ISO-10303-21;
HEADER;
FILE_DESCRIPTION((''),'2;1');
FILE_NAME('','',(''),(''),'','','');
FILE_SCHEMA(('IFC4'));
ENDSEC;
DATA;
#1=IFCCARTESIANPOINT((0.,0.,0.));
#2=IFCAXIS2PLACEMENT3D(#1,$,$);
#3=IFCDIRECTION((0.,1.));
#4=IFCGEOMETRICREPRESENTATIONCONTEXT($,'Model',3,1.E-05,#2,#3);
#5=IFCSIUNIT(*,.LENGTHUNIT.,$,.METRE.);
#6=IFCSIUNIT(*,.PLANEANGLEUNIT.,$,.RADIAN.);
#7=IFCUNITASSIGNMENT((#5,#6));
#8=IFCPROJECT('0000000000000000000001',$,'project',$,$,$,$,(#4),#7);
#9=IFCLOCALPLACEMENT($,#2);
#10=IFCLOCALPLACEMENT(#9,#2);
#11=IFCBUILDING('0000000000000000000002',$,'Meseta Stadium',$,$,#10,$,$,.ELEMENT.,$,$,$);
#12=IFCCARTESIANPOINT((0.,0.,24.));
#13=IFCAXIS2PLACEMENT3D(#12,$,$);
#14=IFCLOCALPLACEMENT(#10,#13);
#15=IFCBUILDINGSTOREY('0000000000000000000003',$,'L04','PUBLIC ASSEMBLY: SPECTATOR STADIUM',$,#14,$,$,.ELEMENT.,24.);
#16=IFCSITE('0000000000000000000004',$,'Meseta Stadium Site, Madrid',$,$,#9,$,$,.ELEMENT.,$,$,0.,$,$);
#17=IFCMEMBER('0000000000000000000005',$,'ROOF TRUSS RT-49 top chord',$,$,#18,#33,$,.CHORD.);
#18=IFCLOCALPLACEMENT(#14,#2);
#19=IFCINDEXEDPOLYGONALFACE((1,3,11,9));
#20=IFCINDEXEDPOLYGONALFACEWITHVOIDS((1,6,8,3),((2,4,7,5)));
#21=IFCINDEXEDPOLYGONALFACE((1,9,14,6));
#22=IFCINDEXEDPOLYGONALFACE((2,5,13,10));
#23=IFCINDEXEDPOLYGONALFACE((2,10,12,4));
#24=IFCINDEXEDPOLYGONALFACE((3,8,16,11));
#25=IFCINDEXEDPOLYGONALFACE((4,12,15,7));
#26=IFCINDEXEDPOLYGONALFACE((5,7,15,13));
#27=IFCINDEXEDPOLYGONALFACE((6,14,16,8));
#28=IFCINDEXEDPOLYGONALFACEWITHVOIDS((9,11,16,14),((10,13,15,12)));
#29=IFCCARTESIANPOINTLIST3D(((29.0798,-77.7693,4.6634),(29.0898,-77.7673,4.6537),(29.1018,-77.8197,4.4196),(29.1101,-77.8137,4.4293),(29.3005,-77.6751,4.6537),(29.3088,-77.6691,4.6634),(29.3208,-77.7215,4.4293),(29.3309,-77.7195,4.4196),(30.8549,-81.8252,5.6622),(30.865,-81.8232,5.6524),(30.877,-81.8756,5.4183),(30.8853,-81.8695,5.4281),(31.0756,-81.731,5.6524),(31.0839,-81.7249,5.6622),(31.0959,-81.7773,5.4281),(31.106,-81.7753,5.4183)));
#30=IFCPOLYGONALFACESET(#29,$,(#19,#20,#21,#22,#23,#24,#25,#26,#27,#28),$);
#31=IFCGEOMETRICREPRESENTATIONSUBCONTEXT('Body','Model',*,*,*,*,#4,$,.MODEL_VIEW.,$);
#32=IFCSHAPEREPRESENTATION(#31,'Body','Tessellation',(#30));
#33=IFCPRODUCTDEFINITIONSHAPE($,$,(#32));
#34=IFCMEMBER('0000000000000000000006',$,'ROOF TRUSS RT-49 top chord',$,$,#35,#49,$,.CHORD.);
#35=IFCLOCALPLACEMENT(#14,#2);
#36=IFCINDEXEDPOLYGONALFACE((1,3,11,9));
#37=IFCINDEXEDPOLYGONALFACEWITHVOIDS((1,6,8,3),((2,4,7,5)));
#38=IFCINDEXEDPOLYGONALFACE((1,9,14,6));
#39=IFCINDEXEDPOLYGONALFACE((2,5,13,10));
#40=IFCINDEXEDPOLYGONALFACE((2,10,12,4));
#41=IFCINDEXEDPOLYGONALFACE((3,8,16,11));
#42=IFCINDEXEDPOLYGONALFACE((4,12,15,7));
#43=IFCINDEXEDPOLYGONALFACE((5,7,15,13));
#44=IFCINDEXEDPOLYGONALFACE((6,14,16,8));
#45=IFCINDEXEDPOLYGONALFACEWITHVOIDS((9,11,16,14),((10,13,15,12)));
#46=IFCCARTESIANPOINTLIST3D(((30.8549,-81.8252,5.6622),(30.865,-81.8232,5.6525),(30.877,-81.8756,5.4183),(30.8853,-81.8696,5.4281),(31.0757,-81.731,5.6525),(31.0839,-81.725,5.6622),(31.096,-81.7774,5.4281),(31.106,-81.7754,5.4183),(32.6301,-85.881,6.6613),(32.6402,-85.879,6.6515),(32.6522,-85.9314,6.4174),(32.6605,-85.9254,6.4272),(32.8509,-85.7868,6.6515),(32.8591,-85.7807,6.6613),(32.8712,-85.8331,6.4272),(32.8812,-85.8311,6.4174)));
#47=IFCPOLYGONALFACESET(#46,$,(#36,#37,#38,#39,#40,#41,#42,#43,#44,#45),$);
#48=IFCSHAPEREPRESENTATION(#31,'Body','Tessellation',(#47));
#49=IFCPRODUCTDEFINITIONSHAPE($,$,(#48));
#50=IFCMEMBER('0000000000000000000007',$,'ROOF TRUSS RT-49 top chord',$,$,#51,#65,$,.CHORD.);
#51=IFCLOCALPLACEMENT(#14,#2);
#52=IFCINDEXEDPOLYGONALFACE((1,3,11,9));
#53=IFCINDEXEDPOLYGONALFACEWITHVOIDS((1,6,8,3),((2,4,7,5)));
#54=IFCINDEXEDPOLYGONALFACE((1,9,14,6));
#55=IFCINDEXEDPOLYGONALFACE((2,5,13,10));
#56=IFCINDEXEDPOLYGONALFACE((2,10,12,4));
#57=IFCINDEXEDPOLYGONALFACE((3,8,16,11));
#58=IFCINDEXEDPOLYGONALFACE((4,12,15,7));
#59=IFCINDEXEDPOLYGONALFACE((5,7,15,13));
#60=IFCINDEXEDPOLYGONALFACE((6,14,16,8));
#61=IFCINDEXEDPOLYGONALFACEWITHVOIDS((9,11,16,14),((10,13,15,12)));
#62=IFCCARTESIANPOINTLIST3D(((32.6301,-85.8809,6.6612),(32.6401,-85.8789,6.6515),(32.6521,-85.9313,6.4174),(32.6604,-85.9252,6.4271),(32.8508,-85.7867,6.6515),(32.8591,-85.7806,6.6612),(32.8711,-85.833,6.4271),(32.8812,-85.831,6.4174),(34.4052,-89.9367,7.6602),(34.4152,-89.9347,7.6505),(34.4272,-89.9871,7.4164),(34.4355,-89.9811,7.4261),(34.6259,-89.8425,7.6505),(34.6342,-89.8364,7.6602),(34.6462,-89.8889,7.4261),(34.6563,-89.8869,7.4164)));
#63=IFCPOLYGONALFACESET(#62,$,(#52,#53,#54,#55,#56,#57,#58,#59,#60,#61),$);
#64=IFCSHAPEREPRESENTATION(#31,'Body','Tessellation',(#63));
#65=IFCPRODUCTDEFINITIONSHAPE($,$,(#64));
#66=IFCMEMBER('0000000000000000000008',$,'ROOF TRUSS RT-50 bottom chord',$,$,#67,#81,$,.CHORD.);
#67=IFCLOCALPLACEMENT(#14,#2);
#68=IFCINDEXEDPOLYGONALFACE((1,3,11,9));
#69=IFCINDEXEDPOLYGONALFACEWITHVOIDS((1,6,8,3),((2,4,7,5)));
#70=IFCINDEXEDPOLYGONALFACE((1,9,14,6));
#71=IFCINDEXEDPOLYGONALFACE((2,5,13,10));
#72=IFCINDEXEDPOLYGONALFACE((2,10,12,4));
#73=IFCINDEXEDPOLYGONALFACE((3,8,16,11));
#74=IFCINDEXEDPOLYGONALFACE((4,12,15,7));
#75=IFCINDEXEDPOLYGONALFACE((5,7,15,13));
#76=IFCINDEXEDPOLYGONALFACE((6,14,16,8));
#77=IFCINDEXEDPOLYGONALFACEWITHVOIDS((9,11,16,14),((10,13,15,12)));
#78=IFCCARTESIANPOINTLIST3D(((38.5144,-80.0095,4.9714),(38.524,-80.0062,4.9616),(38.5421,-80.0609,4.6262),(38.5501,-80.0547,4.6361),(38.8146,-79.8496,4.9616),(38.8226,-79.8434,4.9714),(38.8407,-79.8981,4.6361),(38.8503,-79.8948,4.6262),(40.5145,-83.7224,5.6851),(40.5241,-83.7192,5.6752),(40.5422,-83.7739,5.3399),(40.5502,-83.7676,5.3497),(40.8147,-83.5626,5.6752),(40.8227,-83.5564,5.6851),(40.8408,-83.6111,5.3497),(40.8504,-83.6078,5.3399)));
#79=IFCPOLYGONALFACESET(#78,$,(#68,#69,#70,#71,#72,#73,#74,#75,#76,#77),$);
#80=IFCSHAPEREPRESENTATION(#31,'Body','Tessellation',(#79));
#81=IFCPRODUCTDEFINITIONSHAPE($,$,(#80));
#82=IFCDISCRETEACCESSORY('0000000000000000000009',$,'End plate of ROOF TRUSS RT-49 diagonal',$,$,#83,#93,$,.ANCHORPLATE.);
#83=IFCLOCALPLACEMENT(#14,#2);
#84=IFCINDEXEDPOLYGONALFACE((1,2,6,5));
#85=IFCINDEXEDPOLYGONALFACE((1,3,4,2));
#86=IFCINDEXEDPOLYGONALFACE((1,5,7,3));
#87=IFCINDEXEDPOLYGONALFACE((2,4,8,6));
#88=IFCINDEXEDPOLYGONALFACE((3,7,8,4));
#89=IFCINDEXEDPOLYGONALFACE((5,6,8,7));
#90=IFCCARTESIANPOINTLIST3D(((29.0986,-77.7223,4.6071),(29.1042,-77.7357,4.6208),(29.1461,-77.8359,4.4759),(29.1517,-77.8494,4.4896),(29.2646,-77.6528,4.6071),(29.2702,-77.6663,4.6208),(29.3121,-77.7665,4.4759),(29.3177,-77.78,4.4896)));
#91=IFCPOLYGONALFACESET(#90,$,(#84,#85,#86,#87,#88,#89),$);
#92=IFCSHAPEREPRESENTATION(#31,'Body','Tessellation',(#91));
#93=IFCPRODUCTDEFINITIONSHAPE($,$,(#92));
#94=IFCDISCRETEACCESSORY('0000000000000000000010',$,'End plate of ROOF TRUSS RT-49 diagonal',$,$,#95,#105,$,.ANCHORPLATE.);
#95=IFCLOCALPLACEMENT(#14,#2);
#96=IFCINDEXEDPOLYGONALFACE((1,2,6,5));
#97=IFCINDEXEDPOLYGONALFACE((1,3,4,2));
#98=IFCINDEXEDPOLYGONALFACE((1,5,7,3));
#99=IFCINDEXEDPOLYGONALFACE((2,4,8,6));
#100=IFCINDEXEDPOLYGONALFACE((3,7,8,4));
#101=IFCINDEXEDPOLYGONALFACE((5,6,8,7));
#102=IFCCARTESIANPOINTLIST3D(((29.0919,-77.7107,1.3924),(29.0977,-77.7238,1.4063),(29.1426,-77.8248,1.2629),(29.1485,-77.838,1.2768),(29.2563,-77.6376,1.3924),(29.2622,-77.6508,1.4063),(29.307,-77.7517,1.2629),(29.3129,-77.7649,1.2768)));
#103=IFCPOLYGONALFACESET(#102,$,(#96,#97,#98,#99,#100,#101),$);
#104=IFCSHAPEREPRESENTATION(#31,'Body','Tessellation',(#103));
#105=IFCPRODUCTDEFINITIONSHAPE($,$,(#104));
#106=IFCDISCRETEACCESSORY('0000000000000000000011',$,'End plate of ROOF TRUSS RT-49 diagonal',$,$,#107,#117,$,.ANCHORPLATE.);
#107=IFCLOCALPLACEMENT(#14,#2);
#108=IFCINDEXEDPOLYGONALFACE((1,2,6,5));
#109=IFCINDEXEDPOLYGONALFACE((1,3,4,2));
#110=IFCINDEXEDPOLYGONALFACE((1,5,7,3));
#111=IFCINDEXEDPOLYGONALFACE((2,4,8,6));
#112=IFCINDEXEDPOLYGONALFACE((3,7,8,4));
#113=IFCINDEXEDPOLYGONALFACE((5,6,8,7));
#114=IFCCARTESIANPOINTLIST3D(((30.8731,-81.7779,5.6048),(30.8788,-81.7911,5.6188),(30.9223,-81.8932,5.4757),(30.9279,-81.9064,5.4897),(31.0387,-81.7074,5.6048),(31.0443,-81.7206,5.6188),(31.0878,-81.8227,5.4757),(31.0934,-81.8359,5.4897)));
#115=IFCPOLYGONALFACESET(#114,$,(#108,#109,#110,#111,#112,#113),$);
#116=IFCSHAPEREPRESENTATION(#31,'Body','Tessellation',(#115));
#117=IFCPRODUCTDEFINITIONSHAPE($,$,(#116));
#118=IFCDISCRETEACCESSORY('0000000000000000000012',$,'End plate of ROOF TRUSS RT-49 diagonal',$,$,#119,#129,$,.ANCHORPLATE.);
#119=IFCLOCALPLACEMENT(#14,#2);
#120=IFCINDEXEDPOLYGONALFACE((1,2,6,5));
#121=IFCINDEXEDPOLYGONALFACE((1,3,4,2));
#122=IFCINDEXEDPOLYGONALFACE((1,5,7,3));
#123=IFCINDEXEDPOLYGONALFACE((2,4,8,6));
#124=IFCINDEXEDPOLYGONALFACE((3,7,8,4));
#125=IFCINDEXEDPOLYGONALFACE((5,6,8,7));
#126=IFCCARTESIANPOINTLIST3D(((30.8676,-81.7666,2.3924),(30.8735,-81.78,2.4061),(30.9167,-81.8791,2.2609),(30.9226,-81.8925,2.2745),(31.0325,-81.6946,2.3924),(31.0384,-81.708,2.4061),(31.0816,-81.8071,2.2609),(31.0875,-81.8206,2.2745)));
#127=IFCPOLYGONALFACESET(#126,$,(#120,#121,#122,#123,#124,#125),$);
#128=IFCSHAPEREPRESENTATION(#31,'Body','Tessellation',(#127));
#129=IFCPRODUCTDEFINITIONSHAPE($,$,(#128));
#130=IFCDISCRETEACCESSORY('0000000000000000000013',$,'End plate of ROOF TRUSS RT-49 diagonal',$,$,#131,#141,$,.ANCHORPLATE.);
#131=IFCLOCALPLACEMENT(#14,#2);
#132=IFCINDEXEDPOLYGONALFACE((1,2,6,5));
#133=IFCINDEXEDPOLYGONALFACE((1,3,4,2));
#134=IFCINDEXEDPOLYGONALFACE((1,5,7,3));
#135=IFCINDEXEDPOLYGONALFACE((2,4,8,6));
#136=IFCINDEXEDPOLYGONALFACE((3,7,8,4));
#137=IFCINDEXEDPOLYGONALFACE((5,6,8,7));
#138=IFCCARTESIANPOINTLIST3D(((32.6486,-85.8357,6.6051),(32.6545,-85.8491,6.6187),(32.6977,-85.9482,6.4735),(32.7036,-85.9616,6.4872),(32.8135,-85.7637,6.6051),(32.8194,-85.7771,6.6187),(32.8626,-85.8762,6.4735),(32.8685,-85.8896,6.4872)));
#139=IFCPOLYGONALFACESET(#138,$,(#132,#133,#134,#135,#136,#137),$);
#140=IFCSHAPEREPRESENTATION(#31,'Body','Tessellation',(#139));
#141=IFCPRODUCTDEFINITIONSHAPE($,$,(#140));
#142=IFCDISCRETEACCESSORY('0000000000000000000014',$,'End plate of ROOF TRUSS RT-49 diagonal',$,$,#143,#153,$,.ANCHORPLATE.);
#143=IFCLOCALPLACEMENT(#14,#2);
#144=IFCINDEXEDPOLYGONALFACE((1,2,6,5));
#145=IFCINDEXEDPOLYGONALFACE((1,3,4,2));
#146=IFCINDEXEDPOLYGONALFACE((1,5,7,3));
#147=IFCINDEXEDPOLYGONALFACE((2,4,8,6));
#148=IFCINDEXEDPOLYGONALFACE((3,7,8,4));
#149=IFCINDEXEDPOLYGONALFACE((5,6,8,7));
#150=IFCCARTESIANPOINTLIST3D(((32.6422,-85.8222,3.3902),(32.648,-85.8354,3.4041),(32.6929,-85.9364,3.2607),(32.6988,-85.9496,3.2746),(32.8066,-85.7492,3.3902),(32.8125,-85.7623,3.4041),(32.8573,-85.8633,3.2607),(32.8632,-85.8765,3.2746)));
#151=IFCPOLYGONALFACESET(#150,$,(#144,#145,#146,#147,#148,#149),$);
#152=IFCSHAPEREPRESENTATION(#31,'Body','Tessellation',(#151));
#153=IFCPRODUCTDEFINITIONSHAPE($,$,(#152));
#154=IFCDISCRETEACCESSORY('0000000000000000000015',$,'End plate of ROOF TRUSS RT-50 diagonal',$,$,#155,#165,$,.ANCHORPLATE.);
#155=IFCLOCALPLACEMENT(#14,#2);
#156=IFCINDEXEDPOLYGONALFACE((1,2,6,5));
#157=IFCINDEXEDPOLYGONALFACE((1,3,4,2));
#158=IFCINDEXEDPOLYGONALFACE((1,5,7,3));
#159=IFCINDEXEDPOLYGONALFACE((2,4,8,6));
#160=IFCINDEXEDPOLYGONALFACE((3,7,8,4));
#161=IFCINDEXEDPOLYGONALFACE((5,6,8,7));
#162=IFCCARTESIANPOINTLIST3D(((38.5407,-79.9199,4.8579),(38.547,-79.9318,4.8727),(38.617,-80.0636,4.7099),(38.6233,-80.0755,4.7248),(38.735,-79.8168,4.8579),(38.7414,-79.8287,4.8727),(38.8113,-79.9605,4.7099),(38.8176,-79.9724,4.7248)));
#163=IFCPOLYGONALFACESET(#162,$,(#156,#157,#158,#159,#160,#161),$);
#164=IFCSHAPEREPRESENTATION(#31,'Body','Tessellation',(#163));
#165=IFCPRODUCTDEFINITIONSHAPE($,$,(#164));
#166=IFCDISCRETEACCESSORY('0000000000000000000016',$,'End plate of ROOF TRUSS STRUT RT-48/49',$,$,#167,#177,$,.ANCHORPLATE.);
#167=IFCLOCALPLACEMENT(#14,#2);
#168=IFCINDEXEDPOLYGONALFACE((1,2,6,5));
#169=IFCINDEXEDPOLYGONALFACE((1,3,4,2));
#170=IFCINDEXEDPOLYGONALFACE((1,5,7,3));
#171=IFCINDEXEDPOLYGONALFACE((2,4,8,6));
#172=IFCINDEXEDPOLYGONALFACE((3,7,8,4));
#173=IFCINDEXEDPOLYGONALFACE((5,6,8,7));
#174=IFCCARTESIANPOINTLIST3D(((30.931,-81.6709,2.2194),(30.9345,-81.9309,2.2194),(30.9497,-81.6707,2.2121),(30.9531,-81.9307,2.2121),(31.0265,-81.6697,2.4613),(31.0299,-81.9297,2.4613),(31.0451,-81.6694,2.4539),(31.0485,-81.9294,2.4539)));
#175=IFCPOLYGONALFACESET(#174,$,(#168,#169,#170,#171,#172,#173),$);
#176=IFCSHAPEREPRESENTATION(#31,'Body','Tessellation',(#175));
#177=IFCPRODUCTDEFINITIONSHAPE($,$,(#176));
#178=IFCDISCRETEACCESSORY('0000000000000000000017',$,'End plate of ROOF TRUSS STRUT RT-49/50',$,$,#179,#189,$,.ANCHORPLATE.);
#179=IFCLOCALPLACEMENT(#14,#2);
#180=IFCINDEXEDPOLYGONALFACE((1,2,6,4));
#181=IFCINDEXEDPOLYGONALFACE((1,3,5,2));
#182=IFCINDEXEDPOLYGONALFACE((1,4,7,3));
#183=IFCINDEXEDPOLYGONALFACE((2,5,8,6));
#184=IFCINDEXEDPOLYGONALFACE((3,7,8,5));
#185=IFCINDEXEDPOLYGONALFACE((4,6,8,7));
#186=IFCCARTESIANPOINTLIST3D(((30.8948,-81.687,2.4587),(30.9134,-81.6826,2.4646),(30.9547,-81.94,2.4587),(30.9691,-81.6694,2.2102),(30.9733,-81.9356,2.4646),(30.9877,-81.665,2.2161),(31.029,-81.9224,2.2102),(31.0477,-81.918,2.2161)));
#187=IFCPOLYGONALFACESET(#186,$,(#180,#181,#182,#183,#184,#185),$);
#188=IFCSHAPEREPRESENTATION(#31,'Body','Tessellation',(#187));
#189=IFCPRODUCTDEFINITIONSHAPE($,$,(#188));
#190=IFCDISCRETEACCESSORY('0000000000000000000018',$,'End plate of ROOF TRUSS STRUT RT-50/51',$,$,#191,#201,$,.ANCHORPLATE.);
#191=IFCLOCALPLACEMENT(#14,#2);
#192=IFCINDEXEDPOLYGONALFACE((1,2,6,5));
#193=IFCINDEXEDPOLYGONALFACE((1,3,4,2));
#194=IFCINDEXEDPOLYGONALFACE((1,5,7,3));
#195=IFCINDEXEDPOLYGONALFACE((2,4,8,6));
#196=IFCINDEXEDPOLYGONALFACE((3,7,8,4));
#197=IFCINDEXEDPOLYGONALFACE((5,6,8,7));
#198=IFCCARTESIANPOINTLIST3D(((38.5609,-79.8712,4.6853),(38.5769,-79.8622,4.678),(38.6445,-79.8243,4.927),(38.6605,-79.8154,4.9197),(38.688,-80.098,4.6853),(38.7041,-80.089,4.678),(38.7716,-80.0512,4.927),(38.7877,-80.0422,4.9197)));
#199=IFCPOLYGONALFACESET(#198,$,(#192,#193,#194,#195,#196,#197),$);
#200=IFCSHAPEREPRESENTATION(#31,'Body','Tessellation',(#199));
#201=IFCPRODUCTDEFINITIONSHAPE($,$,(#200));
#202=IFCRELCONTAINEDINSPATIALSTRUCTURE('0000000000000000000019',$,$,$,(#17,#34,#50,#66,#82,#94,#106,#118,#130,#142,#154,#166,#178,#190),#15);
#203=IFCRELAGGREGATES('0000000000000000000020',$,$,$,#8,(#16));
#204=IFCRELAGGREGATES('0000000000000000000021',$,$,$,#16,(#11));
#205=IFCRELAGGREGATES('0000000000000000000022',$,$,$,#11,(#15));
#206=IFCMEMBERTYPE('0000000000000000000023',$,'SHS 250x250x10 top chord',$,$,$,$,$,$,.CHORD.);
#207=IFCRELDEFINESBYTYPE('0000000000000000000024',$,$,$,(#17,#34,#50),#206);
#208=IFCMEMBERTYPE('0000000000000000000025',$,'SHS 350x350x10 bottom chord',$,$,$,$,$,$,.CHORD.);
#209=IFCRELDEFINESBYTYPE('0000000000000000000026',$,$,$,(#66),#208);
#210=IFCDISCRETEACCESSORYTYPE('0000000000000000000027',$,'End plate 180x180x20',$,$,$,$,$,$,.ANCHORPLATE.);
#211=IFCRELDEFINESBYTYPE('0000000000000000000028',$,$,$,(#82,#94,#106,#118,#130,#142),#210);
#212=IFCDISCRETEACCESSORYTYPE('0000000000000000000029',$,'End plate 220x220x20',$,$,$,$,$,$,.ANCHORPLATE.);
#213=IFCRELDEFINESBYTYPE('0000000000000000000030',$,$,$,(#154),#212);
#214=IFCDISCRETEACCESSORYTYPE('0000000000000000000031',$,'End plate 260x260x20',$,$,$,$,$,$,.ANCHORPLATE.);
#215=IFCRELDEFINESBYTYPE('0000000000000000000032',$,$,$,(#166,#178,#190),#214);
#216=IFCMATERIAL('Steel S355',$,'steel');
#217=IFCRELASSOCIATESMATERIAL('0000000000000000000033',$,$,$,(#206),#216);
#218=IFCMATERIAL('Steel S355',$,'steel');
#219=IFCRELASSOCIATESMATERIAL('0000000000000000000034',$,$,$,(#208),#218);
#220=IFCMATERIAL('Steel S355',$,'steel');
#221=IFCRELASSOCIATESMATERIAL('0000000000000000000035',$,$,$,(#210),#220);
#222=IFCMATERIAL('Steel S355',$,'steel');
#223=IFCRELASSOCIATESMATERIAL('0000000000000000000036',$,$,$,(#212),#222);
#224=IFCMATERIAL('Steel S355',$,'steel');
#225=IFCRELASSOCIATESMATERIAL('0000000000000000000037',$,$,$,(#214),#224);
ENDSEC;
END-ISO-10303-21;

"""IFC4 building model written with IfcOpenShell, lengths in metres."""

from ifc_helpers import new_model, si_unit, direction, frame, origin, origin_2d, place, context, subcontext, project, spatial, rectangle, hollow_rectangle, extrude, material, material_profile, profile_set, type_object, element, save


model = new_model("IFC4")

# Units and contexts
model_context = context("Model", 3, precision=1e-05, world=origin(), true_north=direction((0.0, 1.0)))
body_context = subcontext(model_context, "Body", "Model", "MODEL_VIEW")
ifc_project = project(units=[si_unit("LENGTHUNIT", "METRE"), si_unit("PLANEANGLEUNIT", "RADIAN")], contexts=[model_context])

# Site, building, storey
site_placement = place(None, origin())
site = spatial("IfcSite", under=ifc_project, at=site_placement, Name="Meseta Stadium Site, Madrid", CompositionType="ELEMENT", RefElevation=0.0)
building_placement = place(site_placement, origin())
building = spatial("IfcBuilding", under=site, at=building_placement, Name="Meseta Stadium", CompositionType="ELEMENT")
storey_placement = place(building_placement, frame((0.0, 0.0, 24.0)))
storey = spatial("IfcBuildingStorey", under=building, at=storey_placement, Name="L04", Description="PUBLIC ASSEMBLY: SPECTATOR STADIUM", CompositionType="ELEMENT", Elevation=24.0)

# Members
ifc_material_1 = material(Name="Steel S355", Category="steel")
ifc_material_profile_1 = material_profile(ifc_material_1, hollow_rectangle(XDim=0.25, YDim=0.25, WallThickness=0.01, at=origin_2d()), Name="SHS 250x250x10")
ifc_profile_set_1 = profile_set([ifc_material_profile_1], Name="Steel S355")
member_type_1 = type_object("IfcMemberType", Name="SHS 250x250x10 top chord", PredefinedType="CHORD", material=ifc_profile_set_1)
for number, where, z_axis, x_axis, name in (
    (1, (29.2053, -77.7444, 4.5415), (0.39112, -0.893643, 0.220062), (0.9161, 0.400949, 0.0), "ROOF TRUSS RT-49 top chord"),
    (2, (30.9805, -81.8003, 5.5403), (0.391134, -0.893622, 0.220124), (0.916092, 0.400969, 0.0), "ROOF TRUSS RT-49 top chord"),
    (3, (32.7556, -85.856, 6.5393), (0.391115, -0.893632, 0.220113), (0.9161, 0.400949, 0.0), "ROOF TRUSS RT-49 top chord"),
):
    element("IfcMember", number, at=place(storey_placement, frame(where, z_axis=z_axis, x_axis=x_axis)), inside=storey, type_object=member_type_1, Name=name, PredefinedType="CHORD", context=body_context, shape_type="SweptSolid", body=[
        extrude(hollow_rectangle(XDim=0.25, YDim=0.25, WallThickness=0.01, at=origin_2d()), origin(), (0.0, 0.0, 1.0), 4.5386),
    ])
ifc_material_2 = material(Name="Steel S355", Category="steel")
ifc_material_profile_2 = material_profile(ifc_material_2, hollow_rectangle(XDim=0.3501, YDim=0.3501, WallThickness=0.01, at=origin_2d()), Name="SHS 350x350x10")
ifc_profile_set_2 = profile_set([ifc_material_profile_2], Name="Steel S355")
member_type_2 = type_object("IfcMemberType", Name="SHS 350x350x10 bottom chord", PredefinedType="CHORD", material=ifc_profile_set_2)
member_1_placement = place(storey_placement, frame((38.6824, -79.9521, 4.7988), z_axis=(0.467591, -0.868057, 0.166842), x_axis=(0.880397, 0.474238, 0.0)))
element("IfcMember", 4, at=member_1_placement, inside=storey, type_object=member_type_2, Name="ROOF TRUSS RT-50 bottom chord", PredefinedType="CHORD", context=body_context, shape_type="SweptSolid", body=[
    extrude(hollow_rectangle(XDim=0.3501, YDim=0.3501, WallThickness=0.01, at=origin_2d()), origin(), (0.0, 0.0, 1.0), 4.2773),
])

# Discrete accessories
ifc_material_3 = material(Name="Steel S355", Category="steel")
ifc_material_profile_3 = material_profile(ifc_material_3, rectangle(XDim=0.1799, YDim=0.1799, at=origin_2d()), Name="PL 180x180")
ifc_profile_set_3 = profile_set([ifc_material_profile_3], Name="Steel S355")
discrete_accessory_type_1 = type_object("IfcDiscreteAccessoryType", Name="End plate 180x180x20", PredefinedType="ANCHORPLATE", material=ifc_profile_set_3)
for number, where, z_axis, x_axis, name in (
    (5, (29.2053, -77.7444, 4.5415), (0.2812, -0.672434, 0.68466), (0.92258, 0.385806, 0.0), "End plate of ROOF TRUSS RT-49 diagonal"),
    (6, (29.1995, -77.7312, 1.3276), (0.292314, -0.657706, 0.694245), (0.913812, 0.406138, 0.0), "End plate of ROOF TRUSS RT-49 diagonal"),
    (7, (30.9805, -81.8003, 5.5403), (0.281116, -0.660011, 0.696678), (0.920024, 0.391862, 0.0), "End plate of ROOF TRUSS RT-49 diagonal"),
    (8, (30.9746, -81.7869, 2.3267), (0.2924, -0.670084, 0.682268), (0.916539, 0.399944, 0.0), "End plate of ROOF TRUSS RT-49 diagonal"),
    (9, (32.7556, -85.856, 6.5393), (0.2924, -0.670084, 0.682268), (0.916539, 0.399944, 0.0), "End plate of ROOF TRUSS RT-49 diagonal"),
    (10, (32.7498, -85.8428, 3.3254), (0.292314, -0.657706, 0.694245), (0.913812, 0.406138, 0.0), "End plate of ROOF TRUSS RT-49 diagonal"),
):
    element("IfcDiscreteAccessory", number, at=place(storey_placement, frame(where, z_axis=z_axis, x_axis=x_axis)), inside=storey, type_object=discrete_accessory_type_1, Name=name, PredefinedType="ANCHORPLATE", context=body_context, shape_type="SweptSolid", body=[
        extrude(rectangle(XDim=0.1799, YDim=0.1799, at=origin_2d()), origin(), (0.0, 0.0, 1.0), 0.02),
    ])
ifc_material_4 = material(Name="Steel S355", Category="steel")
ifc_material_profile_4 = material_profile(ifc_material_4, rectangle(XDim=0.22, YDim=0.22, at=origin_2d()), Name="PL 220x220")
ifc_profile_set_4 = profile_set([ifc_material_profile_4], Name="Steel S355")
discrete_accessory_type_2 = type_object("IfcDiscreteAccessoryType", Name="End plate 220x220x20", PredefinedType="ANCHORPLATE", material=ifc_profile_set_4)
discrete_accessory_1_placement = place(storey_placement, frame((38.676, -79.9402, 4.7839), z_axis=(0.315343, -0.5943, 0.739842), x_axis=(0.883349, 0.468716, 0.0)))
element("IfcDiscreteAccessory", 11, at=discrete_accessory_1_placement, inside=storey, type_object=discrete_accessory_type_2, Name="End plate of ROOF TRUSS RT-50 diagonal", PredefinedType="ANCHORPLATE", context=body_context, shape_type="SweptSolid", body=[
    extrude(rectangle(XDim=0.22, YDim=0.22, at=origin_2d()), origin(), (0.0, 0.0, 1.0), 0.02),
])
ifc_material_5 = material(Name="Steel S355", Category="steel")
ifc_material_profile_5 = material_profile(ifc_material_5, rectangle(XDim=0.26, YDim=0.26, at=origin_2d()), Name="PL 260x260")
ifc_profile_set_5 = profile_set([ifc_material_profile_5], Name="Steel S355")
discrete_accessory_type_3 = type_object("IfcDiscreteAccessoryType", Name="End plate 260x260x20", PredefinedType="ANCHORPLATE", material=ifc_profile_set_5)
for number, where, z_axis, x_axis, name in (
    (12, (30.9805, -81.8003, 2.3403), (0.930086, 0.012238, -0.367139), (-0.013157, 0.999913, 0.0), "End plate of ROOF TRUSS STRUT RT-48/49"),
    (13, (30.9619, -81.8047, 2.3345), (0.930155, 0.2203, 0.293733), (-0.230466, 0.97308, 0.0), "End plate of ROOF TRUSS STRUT RT-49/50"),
):
    element("IfcDiscreteAccessory", number, at=place(storey_placement, frame(where, z_axis=z_axis, x_axis=x_axis)), inside=storey, type_object=discrete_accessory_type_3, Name=name, PredefinedType="ANCHORPLATE", context=body_context, shape_type="SweptSolid", body=[
        extrude(rectangle(XDim=0.26, YDim=0.26, at=origin_2d()), origin(), (0.0, 0.0, 1.0), 0.02),
    ])
discrete_accessory_2_placement = place(storey_placement, frame((38.6663, -79.9612, 4.8062), z_axis=(0.81087, 0.454578, -0.368577), x_axis=(-0.489006, 0.872281, 0.0)))
element("IfcDiscreteAccessory", 14, at=discrete_accessory_2_placement, inside=storey, type_object=discrete_accessory_type_3, Name="End plate of ROOF TRUSS STRUT RT-50/51", PredefinedType="ANCHORPLATE", context=body_context, shape_type="SweptSolid", body=[
    extrude(rectangle(XDim=0.26, YDim=0.26, at=origin_2d()), origin(), (0.0, 0.0, 1.0), 0.0198),
])

save(model, "model.ifc")
